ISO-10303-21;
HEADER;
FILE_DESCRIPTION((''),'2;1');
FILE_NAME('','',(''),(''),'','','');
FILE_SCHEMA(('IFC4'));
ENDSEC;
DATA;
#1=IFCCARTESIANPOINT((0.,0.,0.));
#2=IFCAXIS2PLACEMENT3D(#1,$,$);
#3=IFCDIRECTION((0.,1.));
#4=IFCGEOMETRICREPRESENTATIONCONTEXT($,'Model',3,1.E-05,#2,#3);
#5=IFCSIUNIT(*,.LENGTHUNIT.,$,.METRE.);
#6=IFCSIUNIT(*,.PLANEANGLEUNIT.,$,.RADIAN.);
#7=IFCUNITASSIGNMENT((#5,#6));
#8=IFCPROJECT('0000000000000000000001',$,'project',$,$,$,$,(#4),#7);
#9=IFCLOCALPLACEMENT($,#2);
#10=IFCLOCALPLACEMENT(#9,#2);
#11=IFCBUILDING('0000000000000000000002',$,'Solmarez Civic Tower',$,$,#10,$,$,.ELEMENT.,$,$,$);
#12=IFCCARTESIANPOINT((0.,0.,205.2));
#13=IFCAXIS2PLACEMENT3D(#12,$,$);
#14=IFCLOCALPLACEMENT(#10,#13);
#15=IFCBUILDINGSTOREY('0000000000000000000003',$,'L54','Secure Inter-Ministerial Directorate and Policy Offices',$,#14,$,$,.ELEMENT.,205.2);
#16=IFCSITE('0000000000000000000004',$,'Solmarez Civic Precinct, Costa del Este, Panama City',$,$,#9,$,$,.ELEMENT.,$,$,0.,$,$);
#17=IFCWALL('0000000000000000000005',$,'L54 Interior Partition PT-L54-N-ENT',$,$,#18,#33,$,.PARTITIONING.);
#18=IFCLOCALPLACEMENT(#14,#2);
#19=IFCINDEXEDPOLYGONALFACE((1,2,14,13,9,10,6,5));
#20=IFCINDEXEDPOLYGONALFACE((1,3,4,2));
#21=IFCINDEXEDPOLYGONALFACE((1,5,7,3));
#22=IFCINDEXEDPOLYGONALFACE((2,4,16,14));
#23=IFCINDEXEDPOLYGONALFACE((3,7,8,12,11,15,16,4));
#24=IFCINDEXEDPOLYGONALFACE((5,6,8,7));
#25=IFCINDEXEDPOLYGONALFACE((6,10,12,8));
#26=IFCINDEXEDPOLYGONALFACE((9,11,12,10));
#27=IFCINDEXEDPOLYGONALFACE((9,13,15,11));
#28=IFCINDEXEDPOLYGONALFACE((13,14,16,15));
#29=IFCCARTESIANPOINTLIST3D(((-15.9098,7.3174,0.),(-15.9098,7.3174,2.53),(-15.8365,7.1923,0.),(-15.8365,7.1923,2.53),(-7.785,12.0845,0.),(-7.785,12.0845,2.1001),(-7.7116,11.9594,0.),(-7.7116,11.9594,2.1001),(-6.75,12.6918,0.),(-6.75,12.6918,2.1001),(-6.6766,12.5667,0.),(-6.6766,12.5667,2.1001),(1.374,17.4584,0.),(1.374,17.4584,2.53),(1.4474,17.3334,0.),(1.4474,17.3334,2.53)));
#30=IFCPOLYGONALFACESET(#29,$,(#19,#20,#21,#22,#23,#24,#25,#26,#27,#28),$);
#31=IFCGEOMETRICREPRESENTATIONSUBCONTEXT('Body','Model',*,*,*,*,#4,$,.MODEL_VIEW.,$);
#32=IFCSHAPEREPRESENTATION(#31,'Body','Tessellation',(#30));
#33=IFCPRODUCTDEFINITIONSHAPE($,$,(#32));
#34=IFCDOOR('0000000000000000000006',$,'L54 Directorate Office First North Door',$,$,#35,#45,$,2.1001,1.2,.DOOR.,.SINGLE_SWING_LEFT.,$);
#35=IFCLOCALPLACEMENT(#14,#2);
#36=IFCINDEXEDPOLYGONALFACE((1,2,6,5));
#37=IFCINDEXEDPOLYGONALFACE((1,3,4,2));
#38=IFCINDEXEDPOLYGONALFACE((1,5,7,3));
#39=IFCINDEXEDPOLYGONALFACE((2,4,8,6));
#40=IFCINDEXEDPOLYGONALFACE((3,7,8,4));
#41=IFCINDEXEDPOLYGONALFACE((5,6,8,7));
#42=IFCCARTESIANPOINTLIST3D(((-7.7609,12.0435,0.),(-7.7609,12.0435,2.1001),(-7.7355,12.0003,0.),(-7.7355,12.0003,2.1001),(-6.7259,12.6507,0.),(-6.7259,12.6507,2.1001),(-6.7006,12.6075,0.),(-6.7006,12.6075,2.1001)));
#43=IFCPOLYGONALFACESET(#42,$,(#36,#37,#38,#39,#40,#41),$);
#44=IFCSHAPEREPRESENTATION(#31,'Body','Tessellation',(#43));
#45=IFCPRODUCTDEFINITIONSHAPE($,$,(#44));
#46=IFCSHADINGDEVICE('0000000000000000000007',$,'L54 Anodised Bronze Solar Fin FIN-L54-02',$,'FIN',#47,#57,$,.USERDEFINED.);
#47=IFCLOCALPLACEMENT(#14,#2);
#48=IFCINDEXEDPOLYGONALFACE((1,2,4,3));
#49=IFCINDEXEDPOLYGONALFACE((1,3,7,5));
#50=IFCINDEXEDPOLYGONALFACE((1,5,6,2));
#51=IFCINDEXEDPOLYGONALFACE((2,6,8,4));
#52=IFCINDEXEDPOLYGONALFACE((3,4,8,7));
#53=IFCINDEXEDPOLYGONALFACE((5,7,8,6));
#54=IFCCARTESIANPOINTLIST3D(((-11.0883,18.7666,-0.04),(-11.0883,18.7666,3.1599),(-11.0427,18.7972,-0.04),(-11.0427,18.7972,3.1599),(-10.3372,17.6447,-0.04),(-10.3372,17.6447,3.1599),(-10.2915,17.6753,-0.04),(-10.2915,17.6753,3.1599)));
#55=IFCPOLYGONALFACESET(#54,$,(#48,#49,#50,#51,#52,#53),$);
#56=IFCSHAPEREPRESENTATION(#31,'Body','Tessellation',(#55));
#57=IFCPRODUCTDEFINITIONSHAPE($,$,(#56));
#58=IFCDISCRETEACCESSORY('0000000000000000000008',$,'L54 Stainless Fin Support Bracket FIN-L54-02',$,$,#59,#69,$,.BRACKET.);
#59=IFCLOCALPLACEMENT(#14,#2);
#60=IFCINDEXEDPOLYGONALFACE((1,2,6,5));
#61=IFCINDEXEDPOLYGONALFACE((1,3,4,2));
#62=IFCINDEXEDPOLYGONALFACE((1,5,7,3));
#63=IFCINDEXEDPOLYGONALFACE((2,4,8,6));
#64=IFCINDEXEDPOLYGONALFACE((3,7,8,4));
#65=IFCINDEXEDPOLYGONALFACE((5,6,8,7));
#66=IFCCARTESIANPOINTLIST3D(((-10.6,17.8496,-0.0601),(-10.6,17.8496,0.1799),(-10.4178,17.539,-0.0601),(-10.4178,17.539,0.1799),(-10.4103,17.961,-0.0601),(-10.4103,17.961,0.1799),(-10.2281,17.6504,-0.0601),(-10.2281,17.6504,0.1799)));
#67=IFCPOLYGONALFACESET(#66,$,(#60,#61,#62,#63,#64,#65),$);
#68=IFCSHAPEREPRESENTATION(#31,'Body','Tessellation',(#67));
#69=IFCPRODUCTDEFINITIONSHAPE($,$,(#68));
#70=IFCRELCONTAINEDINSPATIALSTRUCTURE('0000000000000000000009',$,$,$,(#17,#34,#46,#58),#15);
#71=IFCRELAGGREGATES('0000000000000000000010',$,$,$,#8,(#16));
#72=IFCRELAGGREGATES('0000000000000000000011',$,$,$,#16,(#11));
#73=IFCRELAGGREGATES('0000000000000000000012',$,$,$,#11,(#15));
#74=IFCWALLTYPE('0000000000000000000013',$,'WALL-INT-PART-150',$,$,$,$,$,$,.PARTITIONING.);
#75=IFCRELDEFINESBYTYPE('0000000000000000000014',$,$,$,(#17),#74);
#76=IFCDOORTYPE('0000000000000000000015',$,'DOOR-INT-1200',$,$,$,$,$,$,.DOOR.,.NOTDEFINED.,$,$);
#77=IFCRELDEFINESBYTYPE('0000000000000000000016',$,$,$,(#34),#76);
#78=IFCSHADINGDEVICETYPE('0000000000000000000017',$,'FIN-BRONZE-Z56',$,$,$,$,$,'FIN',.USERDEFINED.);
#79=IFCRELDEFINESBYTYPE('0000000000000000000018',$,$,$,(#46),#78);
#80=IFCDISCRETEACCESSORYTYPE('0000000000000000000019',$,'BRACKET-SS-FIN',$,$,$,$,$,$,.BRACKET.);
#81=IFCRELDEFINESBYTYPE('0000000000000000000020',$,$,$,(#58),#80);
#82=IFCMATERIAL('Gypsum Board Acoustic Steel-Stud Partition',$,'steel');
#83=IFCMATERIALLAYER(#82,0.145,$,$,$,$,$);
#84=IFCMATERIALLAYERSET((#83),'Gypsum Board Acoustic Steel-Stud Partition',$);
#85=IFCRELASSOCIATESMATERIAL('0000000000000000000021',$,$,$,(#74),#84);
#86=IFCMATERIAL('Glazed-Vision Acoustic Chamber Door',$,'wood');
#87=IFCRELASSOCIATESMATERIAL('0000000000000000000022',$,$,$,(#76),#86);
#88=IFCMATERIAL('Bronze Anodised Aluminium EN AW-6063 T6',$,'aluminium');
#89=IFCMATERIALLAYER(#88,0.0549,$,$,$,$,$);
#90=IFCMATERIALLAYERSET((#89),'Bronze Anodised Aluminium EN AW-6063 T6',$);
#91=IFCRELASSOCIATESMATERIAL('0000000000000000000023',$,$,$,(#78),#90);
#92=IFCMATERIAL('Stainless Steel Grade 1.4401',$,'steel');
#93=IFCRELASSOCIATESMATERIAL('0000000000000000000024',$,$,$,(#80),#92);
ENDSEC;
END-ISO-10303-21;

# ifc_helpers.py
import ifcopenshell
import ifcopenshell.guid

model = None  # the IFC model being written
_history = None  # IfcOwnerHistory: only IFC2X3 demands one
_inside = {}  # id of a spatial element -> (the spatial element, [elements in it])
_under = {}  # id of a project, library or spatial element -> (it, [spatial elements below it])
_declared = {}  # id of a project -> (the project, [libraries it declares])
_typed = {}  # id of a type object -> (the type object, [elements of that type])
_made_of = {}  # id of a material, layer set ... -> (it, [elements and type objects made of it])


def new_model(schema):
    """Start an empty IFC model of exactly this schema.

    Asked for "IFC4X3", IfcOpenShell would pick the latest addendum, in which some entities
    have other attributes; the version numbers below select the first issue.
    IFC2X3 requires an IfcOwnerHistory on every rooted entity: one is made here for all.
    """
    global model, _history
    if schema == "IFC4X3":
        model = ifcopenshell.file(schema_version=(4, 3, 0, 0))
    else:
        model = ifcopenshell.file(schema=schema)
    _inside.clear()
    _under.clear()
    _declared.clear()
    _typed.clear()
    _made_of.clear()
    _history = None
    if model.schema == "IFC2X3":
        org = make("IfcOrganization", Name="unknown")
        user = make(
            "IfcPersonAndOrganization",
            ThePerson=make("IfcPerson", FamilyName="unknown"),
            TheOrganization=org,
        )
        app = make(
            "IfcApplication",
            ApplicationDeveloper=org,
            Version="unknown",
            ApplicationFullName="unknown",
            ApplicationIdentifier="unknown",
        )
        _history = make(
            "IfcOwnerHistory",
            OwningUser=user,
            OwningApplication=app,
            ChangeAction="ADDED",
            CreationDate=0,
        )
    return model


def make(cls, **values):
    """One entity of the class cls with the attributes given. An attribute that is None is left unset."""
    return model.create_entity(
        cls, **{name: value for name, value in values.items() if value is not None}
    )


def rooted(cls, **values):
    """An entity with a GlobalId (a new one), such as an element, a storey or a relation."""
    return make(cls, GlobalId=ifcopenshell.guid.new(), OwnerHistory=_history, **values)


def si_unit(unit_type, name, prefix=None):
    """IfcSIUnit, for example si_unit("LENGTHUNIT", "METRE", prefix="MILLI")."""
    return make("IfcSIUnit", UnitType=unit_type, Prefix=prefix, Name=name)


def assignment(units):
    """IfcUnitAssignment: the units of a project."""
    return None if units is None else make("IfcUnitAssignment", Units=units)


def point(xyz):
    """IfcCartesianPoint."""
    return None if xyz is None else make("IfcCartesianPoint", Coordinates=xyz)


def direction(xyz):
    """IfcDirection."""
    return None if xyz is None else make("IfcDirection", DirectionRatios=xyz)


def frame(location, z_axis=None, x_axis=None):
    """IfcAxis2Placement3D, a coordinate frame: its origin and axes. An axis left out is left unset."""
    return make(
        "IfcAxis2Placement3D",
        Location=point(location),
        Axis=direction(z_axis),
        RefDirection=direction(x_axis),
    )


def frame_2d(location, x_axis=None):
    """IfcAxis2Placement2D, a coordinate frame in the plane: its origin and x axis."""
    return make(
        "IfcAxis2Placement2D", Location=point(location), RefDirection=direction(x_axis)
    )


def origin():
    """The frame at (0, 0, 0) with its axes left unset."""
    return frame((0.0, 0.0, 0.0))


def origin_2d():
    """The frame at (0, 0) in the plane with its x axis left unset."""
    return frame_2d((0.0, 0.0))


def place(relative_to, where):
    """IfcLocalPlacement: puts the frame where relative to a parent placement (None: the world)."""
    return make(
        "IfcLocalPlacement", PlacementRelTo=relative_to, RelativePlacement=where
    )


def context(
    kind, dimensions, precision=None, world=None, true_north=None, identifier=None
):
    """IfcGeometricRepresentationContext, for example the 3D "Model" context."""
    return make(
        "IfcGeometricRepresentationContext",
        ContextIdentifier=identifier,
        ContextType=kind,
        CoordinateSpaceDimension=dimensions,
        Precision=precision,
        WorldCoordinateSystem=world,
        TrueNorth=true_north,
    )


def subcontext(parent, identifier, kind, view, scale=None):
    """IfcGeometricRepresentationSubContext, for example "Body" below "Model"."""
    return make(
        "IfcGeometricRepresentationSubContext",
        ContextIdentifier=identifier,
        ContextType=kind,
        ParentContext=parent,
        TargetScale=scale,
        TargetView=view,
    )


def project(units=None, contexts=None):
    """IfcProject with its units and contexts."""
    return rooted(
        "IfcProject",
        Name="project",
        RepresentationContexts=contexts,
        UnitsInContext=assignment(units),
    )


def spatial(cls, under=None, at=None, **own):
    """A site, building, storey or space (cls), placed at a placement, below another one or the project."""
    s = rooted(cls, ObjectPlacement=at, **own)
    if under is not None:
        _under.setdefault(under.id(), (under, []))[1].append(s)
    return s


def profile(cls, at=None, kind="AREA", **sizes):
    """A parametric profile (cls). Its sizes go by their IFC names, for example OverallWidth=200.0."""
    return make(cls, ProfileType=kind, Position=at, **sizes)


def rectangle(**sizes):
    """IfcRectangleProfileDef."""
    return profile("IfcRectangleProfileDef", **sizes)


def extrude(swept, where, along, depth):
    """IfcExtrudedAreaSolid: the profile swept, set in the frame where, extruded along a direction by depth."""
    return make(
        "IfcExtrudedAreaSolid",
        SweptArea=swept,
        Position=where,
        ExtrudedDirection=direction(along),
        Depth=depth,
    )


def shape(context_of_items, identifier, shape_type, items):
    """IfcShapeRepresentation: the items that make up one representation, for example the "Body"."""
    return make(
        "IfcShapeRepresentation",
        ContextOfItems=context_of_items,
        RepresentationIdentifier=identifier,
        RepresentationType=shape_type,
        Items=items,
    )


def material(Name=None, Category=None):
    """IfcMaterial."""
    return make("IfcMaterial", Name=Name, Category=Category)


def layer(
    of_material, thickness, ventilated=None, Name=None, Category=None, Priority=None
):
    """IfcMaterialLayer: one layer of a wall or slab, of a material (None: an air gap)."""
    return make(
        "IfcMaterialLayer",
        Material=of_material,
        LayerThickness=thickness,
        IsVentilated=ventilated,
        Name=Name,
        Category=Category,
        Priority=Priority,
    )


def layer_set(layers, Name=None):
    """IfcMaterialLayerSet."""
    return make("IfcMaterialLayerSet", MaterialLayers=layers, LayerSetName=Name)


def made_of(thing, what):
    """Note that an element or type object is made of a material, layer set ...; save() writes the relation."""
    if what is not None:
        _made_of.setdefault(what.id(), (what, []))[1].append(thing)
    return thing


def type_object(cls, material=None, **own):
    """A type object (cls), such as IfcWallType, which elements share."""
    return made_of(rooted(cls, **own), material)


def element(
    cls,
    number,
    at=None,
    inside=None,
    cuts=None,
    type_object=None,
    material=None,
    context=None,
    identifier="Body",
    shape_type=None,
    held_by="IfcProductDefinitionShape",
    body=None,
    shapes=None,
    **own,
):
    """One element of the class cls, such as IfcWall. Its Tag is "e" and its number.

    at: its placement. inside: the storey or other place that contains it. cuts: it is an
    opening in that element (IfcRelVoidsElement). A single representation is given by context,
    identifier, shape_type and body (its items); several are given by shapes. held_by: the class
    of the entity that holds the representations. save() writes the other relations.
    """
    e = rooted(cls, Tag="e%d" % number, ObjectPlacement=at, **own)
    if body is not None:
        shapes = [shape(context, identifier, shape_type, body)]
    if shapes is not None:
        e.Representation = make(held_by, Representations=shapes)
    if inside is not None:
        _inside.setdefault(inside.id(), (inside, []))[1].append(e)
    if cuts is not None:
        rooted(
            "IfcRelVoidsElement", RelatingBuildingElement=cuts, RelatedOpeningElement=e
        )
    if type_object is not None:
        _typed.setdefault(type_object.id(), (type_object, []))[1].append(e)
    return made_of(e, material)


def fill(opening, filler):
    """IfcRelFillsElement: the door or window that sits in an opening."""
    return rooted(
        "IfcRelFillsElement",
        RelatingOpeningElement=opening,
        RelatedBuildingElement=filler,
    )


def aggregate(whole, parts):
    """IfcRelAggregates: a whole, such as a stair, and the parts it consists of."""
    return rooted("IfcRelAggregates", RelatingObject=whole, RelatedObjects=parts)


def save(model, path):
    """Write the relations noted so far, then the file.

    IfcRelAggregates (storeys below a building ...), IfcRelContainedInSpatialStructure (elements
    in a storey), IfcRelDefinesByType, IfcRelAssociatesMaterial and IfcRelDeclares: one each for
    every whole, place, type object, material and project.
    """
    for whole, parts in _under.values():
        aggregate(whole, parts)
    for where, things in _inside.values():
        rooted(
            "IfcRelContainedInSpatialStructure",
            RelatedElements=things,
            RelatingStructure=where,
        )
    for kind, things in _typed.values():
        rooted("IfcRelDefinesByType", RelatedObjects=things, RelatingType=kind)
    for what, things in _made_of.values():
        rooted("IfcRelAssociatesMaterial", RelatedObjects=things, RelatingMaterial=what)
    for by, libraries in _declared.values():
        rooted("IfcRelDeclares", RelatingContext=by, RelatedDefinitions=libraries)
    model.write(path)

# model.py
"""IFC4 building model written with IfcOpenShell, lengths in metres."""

from ifc_helpers import new_model, si_unit, direction, frame, frame_2d, origin, origin_2d, place, context, subcontext, project, spatial, rectangle, extrude, material, layer, layer_set, type_object, element, fill, save


model = new_model("IFC4")

# Units and contexts
model_context = context("Model", 3, precision=1e-05, world=origin(), true_north=direction((0.0, 1.0)))
body_context = subcontext(model_context, "Body", "Model", "MODEL_VIEW")
ifc_project = project(units=[si_unit("LENGTHUNIT", "METRE"), si_unit("PLANEANGLEUNIT", "RADIAN")], contexts=[model_context])

# Site, building, storey
site_placement = place(None, origin())
site = spatial("IfcSite", under=ifc_project, at=site_placement, Name="Solmarez Civic Precinct, Costa del Este, Panama City", CompositionType="ELEMENT", RefElevation=0.0)
building_placement = place(site_placement, origin())
building = spatial("IfcBuilding", under=site, at=building_placement, Name="Solmarez Civic Tower", CompositionType="ELEMENT")
storey_placement = place(building_placement, frame((0.0, 0.0, 205.2)))
storey = spatial("IfcBuildingStorey", under=building, at=storey_placement, Name="L54", Description="Secure Inter-Ministerial Directorate and Policy Offices", CompositionType="ELEMENT", Elevation=205.2)

# Shared definitions
ifc_material_1 = material(Name="Bronze Anodised Aluminium EN AW-6063 T6", Category="aluminium")

# Shared definitions
ifc_material_2 = material(Name="Gypsum Board Acoustic Steel-Stud Partition", Category="steel")
ifc_layer_1 = layer(ifc_material_2, 0.145)
ifc_layer_set_1 = layer_set([ifc_layer_1], Name="Gypsum Board Acoustic Steel-Stud Partition")
wall_type_1 = type_object("IfcWallType", Name="WALL-INT-PART-150", PredefinedType="PARTITIONING", material=ifc_layer_set_1)

# Wall, opening, door
wall_1_placement = place(storey_placement, frame((-15.873, 7.2549, 0.0), z_axis=(0.0, 0.0, 1.0), x_axis=(0.862499, 0.506059, 0.0)))
wall_1 = element("IfcWall", 1, at=wall_1_placement, inside=storey, type_object=wall_type_1, Name="L54 Interior Partition PT-L54-N-ENT", PredefinedType="PARTITIONING", context=body_context, shape_type="SweptSolid", body=[
    extrude(rectangle(XDim=20.0393, YDim=0.145, at=frame_2d((10.0195, 0.0))), origin(), (0.0, 0.0, 1.0), 2.53),
])
opening_placement = place(wall_1_placement, frame((9.4199, 0.0, 0.0)))
opening = element("IfcOpeningElement", 2, at=opening_placement, cuts=wall_1, PredefinedType="OPENING", context=body_context, shape_type="SweptSolid", body=[
    extrude(rectangle(XDim=1.2, YDim=2.1001, at=frame_2d((0.6001, 1.05))), frame((0.0, 0.0825, 0.0), z_axis=(0.0, -1.0, 0.0), x_axis=(1.0, 0.0, 0.0)), (0.0, 0.0, 1.0), 0.165),
])
ifc_material_3 = material(Name="Glazed-Vision Acoustic Chamber Door", Category="wood")
door_type = type_object("IfcDoorType", Name="DOOR-INT-1200", OperationType="NOTDEFINED", PredefinedType="DOOR", material=ifc_material_3)
door_placement = place(opening_placement, origin())
door = element("IfcDoor", 3, at=door_placement, inside=storey, type_object=door_type, Name="L54 Directorate Office First North Door", OperationType="SINGLE_SWING_LEFT", OverallHeight=2.1001, OverallWidth=1.2, PredefinedType="DOOR", context=body_context, shape_type="SweptSolid", body=[
    extrude(rectangle(XDim=1.2, YDim=2.1001, at=frame_2d((0.6001, 1.05))), frame((0.0, 0.0249, 0.0), z_axis=(0.0, -1.0, 0.0), x_axis=(1.0, 0.0, 0.0)), (0.0, 0.0, 1.0), 0.05),
])
fill(opening, door)

# Shading device
ifc_layer_2 = layer(ifc_material_1, 0.0549)
ifc_layer_set_2 = layer_set([ifc_layer_2], Name="Bronze Anodised Aluminium EN AW-6063 T6")
shading_device_type = type_object("IfcShadingDeviceType", Name="FIN-BRONZE-Z56", ElementType="FIN", PredefinedType="USERDEFINED", material=ifc_layer_set_2)
shading_device_placement = place(storey_placement, frame((-10.6899, 18.2209, -0.04), z_axis=(0.0, 0.0, 1.0), x_axis=(-0.556368, 0.830936, 0.0)))
element("IfcShadingDevice", 4, at=shading_device_placement, inside=storey, type_object=shading_device_type, Name="L54 Anodised Bronze Solar Fin FIN-L54-02", ObjectType="FIN", PredefinedType="USERDEFINED", context=body_context, shape_type="SweptSolid", body=[
    extrude(rectangle(XDim=1.3501, YDim=0.0549, at=origin_2d()), origin(), (0.0, 0.0, 1.0), 3.2),
])

# Discrete accessory
ifc_material_4 = material(Name="Stainless Steel Grade 1.4401", Category="steel")
discrete_accessory_type = type_object("IfcDiscreteAccessoryType", Name="BRACKET-SS-FIN", PredefinedType="BRACKET", material=ifc_material_4)
discrete_accessory_placement = place(storey_placement, frame((-10.4141, 17.75, -0.0601), z_axis=(0.0, 0.0, 1.0), x_axis=(-0.506084, 0.862484, 0.0)))
element("IfcDiscreteAccessory", 5, at=discrete_accessory_placement, inside=storey, type_object=discrete_accessory_type, Name="L54 Stainless Fin Support Bracket FIN-L54-02", PredefinedType="BRACKET", context=body_context, shape_type="SweptSolid", body=[
    extrude(rectangle(XDim=0.3601, YDim=0.22, at=origin_2d()), origin(), (0.0, 0.0, 1.0), 0.24),
])

save(model, "model.ifc")
